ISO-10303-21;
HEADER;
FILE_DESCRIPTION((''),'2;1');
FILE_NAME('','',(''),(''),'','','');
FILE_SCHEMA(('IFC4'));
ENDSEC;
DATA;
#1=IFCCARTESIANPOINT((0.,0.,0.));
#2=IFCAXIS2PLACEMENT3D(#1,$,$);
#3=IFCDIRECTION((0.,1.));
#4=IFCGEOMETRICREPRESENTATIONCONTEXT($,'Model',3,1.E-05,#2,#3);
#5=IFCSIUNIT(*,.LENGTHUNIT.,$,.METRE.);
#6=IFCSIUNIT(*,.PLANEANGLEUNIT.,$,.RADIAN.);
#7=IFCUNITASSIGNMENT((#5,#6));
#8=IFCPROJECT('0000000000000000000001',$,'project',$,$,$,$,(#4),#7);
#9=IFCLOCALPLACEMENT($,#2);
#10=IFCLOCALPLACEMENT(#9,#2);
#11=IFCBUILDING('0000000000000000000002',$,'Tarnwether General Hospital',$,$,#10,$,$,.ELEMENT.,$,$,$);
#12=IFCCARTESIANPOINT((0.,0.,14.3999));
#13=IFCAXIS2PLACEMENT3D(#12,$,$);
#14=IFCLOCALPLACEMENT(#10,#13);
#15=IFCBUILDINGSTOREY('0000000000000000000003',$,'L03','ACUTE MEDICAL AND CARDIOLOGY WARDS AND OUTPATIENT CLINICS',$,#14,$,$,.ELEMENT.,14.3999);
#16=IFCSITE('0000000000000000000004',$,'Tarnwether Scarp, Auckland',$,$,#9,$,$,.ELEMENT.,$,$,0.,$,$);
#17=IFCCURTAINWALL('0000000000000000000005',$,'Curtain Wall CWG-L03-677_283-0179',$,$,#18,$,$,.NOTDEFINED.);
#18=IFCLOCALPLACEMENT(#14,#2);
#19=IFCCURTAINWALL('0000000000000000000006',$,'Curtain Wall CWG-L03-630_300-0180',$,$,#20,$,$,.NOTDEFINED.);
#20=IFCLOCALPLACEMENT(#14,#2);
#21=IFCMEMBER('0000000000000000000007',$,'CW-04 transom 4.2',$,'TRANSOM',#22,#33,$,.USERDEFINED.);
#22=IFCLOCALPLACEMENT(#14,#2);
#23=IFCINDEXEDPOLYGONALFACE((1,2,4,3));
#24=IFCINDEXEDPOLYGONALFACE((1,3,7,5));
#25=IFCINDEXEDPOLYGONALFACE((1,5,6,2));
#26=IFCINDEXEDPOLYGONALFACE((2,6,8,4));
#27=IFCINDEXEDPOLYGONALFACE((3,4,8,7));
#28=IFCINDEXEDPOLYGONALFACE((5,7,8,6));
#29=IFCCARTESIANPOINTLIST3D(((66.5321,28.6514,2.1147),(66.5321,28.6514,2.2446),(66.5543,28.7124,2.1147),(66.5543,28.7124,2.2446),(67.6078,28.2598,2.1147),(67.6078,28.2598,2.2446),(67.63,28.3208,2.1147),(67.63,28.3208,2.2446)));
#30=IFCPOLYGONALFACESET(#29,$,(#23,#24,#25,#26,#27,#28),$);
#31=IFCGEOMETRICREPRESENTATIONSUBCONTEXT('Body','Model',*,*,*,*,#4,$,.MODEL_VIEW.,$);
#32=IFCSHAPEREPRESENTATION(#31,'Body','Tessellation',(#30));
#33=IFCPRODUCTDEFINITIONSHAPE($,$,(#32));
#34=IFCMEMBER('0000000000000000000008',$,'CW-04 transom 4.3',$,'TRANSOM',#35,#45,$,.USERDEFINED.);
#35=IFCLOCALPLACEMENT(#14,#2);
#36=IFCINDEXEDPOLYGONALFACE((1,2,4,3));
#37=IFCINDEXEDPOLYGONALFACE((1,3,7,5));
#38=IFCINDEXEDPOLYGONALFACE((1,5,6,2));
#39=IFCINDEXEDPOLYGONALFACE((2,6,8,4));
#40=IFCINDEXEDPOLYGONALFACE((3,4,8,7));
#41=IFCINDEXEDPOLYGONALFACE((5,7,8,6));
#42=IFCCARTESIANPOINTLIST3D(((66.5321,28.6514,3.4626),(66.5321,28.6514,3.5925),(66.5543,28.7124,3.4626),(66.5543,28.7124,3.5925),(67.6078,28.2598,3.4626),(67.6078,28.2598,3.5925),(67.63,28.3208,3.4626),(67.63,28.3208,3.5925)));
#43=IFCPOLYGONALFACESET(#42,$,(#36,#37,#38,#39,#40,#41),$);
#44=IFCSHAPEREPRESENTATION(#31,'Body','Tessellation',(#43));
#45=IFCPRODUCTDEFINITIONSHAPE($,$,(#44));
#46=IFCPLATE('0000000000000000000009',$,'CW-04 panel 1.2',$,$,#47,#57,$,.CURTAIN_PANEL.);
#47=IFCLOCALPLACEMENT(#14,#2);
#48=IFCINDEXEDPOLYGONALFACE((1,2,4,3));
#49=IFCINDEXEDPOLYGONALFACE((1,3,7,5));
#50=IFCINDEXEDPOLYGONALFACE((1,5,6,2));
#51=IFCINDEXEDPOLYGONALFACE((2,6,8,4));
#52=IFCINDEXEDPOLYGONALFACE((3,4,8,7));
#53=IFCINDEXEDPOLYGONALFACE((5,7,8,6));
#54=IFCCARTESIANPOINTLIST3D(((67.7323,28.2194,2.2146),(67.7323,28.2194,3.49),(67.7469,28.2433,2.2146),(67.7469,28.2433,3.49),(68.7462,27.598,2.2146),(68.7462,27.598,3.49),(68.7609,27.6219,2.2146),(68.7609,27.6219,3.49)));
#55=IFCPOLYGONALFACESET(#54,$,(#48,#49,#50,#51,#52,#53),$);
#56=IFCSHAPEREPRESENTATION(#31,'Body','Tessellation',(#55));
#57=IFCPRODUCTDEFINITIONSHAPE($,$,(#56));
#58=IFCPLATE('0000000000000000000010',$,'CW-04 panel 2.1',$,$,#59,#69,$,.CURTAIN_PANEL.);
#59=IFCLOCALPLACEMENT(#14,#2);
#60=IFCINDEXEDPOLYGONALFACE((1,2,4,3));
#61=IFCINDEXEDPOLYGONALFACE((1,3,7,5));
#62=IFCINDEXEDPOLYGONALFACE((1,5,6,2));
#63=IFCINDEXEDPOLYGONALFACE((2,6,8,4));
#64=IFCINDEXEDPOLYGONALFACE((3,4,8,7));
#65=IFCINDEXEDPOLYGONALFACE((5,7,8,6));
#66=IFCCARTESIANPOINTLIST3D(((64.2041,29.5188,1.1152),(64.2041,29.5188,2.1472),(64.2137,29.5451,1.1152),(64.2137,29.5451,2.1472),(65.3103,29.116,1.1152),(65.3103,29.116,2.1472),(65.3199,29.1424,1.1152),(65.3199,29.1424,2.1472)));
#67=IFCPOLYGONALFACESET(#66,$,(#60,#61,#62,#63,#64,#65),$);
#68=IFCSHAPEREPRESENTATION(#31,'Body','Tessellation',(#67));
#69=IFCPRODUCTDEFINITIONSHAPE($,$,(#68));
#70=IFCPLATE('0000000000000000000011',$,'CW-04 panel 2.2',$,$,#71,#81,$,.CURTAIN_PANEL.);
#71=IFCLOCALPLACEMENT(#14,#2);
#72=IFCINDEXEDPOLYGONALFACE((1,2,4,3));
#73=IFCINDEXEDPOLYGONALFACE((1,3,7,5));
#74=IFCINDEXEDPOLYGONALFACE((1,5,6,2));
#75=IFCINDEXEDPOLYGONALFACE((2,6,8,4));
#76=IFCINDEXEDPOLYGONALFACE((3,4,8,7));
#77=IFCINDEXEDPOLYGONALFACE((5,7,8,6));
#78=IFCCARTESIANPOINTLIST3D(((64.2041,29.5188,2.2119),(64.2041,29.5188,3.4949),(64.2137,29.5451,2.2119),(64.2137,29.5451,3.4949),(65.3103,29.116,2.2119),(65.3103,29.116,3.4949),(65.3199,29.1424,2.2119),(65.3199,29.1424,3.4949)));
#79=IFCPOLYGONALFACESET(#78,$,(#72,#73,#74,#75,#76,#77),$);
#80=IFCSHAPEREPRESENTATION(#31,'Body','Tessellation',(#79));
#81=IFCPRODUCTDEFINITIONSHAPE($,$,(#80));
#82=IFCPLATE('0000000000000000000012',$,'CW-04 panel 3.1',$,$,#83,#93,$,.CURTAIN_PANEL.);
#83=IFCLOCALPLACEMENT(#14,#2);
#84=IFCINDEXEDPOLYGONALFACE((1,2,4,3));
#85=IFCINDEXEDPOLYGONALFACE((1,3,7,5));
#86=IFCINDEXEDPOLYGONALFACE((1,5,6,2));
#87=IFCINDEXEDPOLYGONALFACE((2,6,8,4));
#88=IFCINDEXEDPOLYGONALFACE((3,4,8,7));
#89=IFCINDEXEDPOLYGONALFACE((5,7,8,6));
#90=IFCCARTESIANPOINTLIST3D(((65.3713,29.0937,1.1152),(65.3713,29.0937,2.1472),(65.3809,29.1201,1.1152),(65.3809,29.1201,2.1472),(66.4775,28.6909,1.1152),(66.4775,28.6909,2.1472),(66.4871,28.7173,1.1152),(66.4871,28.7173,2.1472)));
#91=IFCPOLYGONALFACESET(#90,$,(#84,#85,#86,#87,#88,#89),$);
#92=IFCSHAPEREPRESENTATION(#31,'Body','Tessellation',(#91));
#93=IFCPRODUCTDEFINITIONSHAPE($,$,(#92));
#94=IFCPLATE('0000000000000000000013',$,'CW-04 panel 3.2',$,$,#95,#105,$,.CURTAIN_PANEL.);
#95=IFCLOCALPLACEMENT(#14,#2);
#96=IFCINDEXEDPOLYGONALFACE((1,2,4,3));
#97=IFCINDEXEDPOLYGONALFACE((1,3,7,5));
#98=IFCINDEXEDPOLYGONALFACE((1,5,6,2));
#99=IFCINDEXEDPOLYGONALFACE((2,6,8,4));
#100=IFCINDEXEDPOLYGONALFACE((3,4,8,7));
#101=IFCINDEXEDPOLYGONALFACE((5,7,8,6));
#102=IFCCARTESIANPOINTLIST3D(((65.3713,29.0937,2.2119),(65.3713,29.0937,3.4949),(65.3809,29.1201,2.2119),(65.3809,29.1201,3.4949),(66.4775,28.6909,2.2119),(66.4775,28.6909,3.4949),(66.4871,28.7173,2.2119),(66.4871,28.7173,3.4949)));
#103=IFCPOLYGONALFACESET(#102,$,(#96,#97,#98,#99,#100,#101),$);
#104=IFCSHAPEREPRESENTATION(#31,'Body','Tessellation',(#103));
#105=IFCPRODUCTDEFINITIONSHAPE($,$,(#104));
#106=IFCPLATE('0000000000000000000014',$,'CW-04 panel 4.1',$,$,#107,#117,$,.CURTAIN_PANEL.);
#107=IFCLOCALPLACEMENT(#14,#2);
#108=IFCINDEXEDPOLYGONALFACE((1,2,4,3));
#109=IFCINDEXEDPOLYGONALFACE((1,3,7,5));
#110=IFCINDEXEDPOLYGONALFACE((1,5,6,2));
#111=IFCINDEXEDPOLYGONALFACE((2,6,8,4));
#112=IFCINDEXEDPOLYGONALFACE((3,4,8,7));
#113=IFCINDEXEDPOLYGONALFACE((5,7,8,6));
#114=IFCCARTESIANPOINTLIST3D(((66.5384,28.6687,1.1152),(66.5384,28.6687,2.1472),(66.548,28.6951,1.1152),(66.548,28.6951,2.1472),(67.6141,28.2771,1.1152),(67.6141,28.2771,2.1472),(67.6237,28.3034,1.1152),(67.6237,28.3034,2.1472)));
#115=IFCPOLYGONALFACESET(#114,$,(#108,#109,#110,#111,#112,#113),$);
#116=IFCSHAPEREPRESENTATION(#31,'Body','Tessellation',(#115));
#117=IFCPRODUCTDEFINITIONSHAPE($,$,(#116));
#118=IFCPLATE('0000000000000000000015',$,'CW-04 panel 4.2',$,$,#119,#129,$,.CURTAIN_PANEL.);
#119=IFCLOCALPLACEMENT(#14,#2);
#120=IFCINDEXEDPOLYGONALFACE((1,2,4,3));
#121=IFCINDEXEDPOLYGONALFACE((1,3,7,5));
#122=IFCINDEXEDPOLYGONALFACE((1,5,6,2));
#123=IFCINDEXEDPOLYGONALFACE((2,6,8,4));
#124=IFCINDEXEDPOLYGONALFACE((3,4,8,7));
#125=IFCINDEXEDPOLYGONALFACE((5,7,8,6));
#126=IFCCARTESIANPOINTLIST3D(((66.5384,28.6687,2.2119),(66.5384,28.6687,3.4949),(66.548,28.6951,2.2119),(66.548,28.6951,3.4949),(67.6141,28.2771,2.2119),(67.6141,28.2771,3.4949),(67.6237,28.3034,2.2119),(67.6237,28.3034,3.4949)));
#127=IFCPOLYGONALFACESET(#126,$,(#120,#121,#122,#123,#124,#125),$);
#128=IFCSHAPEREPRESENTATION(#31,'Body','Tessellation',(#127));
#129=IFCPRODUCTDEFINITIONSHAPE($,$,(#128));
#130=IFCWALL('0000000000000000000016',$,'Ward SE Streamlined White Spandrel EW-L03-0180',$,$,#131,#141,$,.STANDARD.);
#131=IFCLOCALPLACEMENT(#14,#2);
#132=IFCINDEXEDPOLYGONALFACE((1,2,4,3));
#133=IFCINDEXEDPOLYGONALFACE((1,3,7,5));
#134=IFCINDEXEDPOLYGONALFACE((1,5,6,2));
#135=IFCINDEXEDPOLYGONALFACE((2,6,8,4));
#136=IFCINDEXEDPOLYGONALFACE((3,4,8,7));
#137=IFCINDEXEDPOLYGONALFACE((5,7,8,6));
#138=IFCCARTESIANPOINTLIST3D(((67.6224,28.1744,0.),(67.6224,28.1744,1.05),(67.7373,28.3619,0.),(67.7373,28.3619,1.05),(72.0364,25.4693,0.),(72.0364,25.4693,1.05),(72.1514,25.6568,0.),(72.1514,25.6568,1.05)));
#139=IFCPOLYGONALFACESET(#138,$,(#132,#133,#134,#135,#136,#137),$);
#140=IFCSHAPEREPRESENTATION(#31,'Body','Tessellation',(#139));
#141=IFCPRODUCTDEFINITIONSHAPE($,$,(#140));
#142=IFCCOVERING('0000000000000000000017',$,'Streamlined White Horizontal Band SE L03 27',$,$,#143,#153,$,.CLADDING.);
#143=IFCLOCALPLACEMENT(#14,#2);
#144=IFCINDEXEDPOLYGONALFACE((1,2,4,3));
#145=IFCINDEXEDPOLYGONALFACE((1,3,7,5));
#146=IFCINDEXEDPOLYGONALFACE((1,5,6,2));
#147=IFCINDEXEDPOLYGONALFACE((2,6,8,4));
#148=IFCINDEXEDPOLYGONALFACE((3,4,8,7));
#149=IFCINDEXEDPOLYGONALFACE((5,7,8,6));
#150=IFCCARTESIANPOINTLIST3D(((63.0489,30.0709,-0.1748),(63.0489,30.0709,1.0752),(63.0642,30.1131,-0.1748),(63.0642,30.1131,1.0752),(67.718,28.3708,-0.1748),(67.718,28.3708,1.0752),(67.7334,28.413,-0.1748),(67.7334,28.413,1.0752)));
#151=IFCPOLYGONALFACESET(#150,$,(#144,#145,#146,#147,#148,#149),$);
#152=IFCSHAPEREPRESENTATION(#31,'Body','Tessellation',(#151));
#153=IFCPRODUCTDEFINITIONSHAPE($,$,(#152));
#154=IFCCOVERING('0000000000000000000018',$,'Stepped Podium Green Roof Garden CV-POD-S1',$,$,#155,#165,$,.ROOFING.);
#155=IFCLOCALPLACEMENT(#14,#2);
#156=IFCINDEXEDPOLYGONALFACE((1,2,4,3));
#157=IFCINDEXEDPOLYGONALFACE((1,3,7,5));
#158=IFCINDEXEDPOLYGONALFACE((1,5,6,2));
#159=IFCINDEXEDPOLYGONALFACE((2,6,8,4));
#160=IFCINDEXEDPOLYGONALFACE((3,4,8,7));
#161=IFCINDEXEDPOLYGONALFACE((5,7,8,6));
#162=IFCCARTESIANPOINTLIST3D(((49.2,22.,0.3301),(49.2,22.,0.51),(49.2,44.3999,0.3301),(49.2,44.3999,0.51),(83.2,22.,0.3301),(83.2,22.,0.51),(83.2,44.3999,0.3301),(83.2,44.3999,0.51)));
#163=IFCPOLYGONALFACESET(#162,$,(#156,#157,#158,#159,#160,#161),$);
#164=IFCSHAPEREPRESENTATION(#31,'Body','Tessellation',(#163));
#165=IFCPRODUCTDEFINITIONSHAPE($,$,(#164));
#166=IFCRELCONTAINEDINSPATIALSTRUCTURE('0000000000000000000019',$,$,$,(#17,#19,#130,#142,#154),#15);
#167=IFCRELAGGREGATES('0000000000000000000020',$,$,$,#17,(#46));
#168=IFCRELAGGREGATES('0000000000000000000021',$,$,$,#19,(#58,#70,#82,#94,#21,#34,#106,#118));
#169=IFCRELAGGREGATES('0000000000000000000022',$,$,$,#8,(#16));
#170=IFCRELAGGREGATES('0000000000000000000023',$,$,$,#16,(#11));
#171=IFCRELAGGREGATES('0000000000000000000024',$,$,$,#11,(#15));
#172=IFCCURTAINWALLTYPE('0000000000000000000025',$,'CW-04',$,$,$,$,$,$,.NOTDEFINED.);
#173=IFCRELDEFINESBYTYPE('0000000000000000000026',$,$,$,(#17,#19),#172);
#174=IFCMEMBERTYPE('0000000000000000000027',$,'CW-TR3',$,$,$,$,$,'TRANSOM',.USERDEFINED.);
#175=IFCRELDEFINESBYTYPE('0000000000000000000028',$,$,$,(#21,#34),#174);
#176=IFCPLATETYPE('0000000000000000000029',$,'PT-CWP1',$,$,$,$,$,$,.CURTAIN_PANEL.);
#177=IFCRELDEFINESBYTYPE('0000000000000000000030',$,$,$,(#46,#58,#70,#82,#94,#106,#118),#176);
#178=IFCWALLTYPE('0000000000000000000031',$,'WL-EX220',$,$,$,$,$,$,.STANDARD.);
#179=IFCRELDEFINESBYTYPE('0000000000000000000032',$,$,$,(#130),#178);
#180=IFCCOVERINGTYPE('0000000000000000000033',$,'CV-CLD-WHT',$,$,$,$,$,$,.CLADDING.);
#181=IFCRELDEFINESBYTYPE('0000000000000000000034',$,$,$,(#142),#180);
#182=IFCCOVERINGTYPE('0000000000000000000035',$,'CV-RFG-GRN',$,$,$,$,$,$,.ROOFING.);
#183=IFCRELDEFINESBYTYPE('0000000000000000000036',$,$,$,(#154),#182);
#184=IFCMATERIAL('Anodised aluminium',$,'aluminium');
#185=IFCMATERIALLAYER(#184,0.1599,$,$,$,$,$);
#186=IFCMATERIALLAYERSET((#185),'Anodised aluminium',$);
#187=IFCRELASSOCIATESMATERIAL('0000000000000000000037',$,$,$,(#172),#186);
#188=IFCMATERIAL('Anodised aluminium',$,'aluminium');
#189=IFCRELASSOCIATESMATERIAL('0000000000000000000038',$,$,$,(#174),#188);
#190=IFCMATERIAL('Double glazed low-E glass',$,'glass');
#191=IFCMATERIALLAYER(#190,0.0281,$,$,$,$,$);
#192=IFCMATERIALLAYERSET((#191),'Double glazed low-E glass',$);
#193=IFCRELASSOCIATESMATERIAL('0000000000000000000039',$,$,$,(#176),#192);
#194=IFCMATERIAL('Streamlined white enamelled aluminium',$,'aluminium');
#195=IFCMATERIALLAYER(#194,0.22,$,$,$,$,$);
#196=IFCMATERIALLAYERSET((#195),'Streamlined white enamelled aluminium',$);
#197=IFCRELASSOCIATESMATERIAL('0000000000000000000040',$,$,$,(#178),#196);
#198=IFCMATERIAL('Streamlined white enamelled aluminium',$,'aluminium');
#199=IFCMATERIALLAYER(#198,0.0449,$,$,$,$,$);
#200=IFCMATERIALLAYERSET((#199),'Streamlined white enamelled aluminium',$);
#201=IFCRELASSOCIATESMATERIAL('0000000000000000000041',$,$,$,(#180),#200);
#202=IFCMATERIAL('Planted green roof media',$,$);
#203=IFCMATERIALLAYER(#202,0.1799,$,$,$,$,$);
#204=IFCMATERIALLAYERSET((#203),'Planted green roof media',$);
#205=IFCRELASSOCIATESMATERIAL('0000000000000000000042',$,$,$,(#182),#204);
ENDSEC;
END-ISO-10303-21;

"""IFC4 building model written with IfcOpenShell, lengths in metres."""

from ifc_helpers import new_model, si_unit, direction, frame, frame_2d, origin, origin_2d, place, context, subcontext, project, spatial, rectangle, extrude, material, layer, layer_set, material_profile, profile_set, type_object, element, aggregate, save


model = new_model("IFC4")

# Units and contexts
model_context = context("Model", 3, precision=1e-05, world=origin(), true_north=direction((0.0, 1.0)))
body_context = subcontext(model_context, "Body", "Model", "MODEL_VIEW")
ifc_project = project(units=[si_unit("LENGTHUNIT", "METRE"), si_unit("PLANEANGLEUNIT", "RADIAN")], contexts=[model_context])

# Site, building, storey
site_placement = place(None, origin())
site = spatial("IfcSite", under=ifc_project, at=site_placement, Name="Tarnwether Scarp, Auckland", CompositionType="ELEMENT", RefElevation=0.0)
building_placement = place(site_placement, origin())
building = spatial("IfcBuilding", under=site, at=building_placement, Name="Tarnwether General Hospital", CompositionType="ELEMENT")
storey_placement = place(building_placement, frame((0.0, 0.0, 14.3999)))
storey = spatial("IfcBuildingStorey", under=building, at=storey_placement, Name="L03", Description="ACUTE MEDICAL AND CARDIOLOGY WARDS AND OUTPATIENT CLINICS", CompositionType="ELEMENT", Elevation=14.3999)

# Curtain wall
ifc_material_1 = material(Name="Anodised aluminium", Category="aluminium")
ifc_layer_1 = layer(ifc_material_1, 0.1599)
ifc_layer_set_1 = layer_set([ifc_layer_1], Name="Anodised aluminium")
curtain_wall_type = type_object("IfcCurtainWallType", Name="CW-04", PredefinedType="NOTDEFINED", material=ifc_layer_set_1)
curtain_wall_1_placement = place(storey_placement, origin())
curtain_wall_1 = element("IfcCurtainWall", 1, at=curtain_wall_1_placement, inside=storey, type_object=curtain_wall_type, Name="Curtain Wall CWG-L03-677_283-0179", PredefinedType="NOTDEFINED")

# Curtain wall
curtain_wall_2_placement = place(storey_placement, origin())
curtain_wall_2 = element("IfcCurtainWall", 2, at=curtain_wall_2_placement, inside=storey, type_object=curtain_wall_type, Name="Curtain Wall CWG-L03-630_300-0180", PredefinedType="NOTDEFINED")

# Members
ifc_material_2 = material(Name="Anodised aluminium", Category="aluminium")
ifc_material_profile_1 = material_profile(ifc_material_2, rectangle(XDim=0.0649, YDim=0.1299, at=origin_2d()), Name="ALU-TRN-65x130")
ifc_profile_set_1 = profile_set([ifc_material_profile_1], Name="Anodised aluminium")
member_type_1 = type_object("IfcMemberType", Name="CW-TR3", ElementType="TRANSOM", PredefinedType="USERDEFINED", material=ifc_profile_set_1)
member_1_placement = place(storey_placement, frame((66.5432, 28.6819, 2.1797), z_axis=(0.939669, -0.342086, 0.0), x_axis=(0.342086, 0.939669, 0.0)))
member_1 = element("IfcMember", 3, at=member_1_placement, type_object=member_type_1, Name="CW-04 transom 4.2", ObjectType="TRANSOM", PredefinedType="USERDEFINED", context=body_context, shape_type="SweptSolid", body=[
    extrude(rectangle(XDim=0.0649, YDim=0.1299, at=origin_2d()), origin(), (0.0, 0.0, 1.0), 1.1448),
])
member_2_placement = place(storey_placement, frame((66.5432, 28.6819, 3.5276), z_axis=(0.939669, -0.342086, 0.0), x_axis=(0.342086, 0.939669, 0.0)))
member_2 = element("IfcMember", 4, at=member_2_placement, type_object=member_type_1, Name="CW-04 transom 4.3", ObjectType="TRANSOM", PredefinedType="USERDEFINED", context=body_context, shape_type="SweptSolid", body=[
    extrude(rectangle(XDim=0.0649, YDim=0.1299, at=origin_2d()), origin(), (0.0, 0.0, 1.0), 1.1448),
])

# Plates
ifc_material_3 = material(Name="Double glazed low-E glass", Category="glass")
ifc_layer_2 = layer(ifc_material_3, 0.0281)
ifc_layer_set_2 = layer_set([ifc_layer_2], Name="Double glazed low-E glass")
plate_type = type_object("IfcPlateType", Name="PT-CWP1", PredefinedType="CURTAIN_PANEL", material=ifc_layer_set_2)
plate_1_placement = place(storey_placement, frame((68.2466, 27.9207, 2.2146), z_axis=(0.0, 0.0, 1.0), x_axis=(0.852632, -0.522512, 0.0)))
plate_1 = element("IfcPlate", 5, at=plate_1_placement, type_object=plate_type, Name="CW-04 panel 1.2", PredefinedType="CURTAIN_PANEL", context=body_context, shape_type="SweptSolid", body=[
    extrude(rectangle(XDim=1.1892, YDim=0.0281, at=origin_2d()), origin(), (0.0, 0.0, 1.0), 1.2754),
])
aggregate(curtain_wall_1, [plate_1])
plate_2_placement = place(storey_placement, frame((64.762, 29.3306, 1.1152), z_axis=(0.0, 0.0, 1.0), x_axis=(0.939652, -0.342131, 0.0)))
plate_2 = element("IfcPlate", 6, at=plate_2_placement, type_object=plate_type, Name="CW-04 panel 2.1", PredefinedType="CURTAIN_PANEL", context=body_context, shape_type="SweptSolid", body=[
    extrude(rectangle(XDim=1.1772, YDim=0.0281, at=origin_2d()), origin(), (0.0, 0.0, 1.0), 1.032),
])
plate_3_placement = place(storey_placement, frame((64.762, 29.3306, 2.2119), z_axis=(0.0, 0.0, 1.0), x_axis=(0.939652, -0.342131, 0.0)))
plate_3 = element("IfcPlate", 7, at=plate_3_placement, type_object=plate_type, Name="CW-04 panel 2.2", PredefinedType="CURTAIN_PANEL", context=body_context, shape_type="SweptSolid", body=[
    extrude(rectangle(XDim=1.1772, YDim=0.0281, at=origin_2d()), origin(), (0.0, 0.0, 1.0), 1.283),
])
plate_4_placement = place(storey_placement, frame((65.9292, 28.9055, 1.1152), z_axis=(0.0, 0.0, 1.0), x_axis=(0.939652, -0.342131, 0.0)))
plate_4 = element("IfcPlate", 8, at=plate_4_placement, type_object=plate_type, Name="CW-04 panel 3.1", PredefinedType="CURTAIN_PANEL", context=body_context, shape_type="SweptSolid", body=[
    extrude(rectangle(XDim=1.1772, YDim=0.0281, at=origin_2d()), origin(), (0.0, 0.0, 1.0), 1.032),
])
plate_5_placement = place(storey_placement, frame((65.9292, 28.9055, 2.2119), z_axis=(0.0, 0.0, 1.0), x_axis=(0.939652, -0.342131, 0.0)))
plate_5 = element("IfcPlate", 9, at=plate_5_placement, type_object=plate_type, Name="CW-04 panel 3.2", PredefinedType="CURTAIN_PANEL", context=body_context, shape_type="SweptSolid", body=[
    extrude(rectangle(XDim=1.1772, YDim=0.0281, at=origin_2d()), origin(), (0.0, 0.0, 1.0), 1.283),
])
plate_6_placement = place(storey_placement, frame((67.0811, 28.4861, 1.1152), z_axis=(0.0, 0.0, 1.0), x_axis=(0.939652, -0.342131, 0.0)))
plate_6 = element("IfcPlate", 10, at=plate_6_placement, type_object=plate_type, Name="CW-04 panel 4.1", PredefinedType="CURTAIN_PANEL", context=body_context, shape_type="SweptSolid", body=[
    extrude(rectangle(XDim=1.1448, YDim=0.0281, at=origin_2d()), origin(), (0.0, 0.0, 1.0), 1.032),
])
plate_7_placement = place(storey_placement, frame((67.0811, 28.4861, 2.2119), z_axis=(0.0, 0.0, 1.0), x_axis=(0.939652, -0.342131, 0.0)))
plate_7 = element("IfcPlate", 11, at=plate_7_placement, type_object=plate_type, Name="CW-04 panel 4.2", PredefinedType="CURTAIN_PANEL", context=body_context, shape_type="SweptSolid", body=[
    extrude(rectangle(XDim=1.1448, YDim=0.0281, at=origin_2d()), origin(), (0.0, 0.0, 1.0), 1.283),
])
aggregate(curtain_wall_2, [plate_2, plate_3, plate_4, plate_5, member_1, member_2, plate_6, plate_7])

# Wall
ifc_material_4 = material(Name="Streamlined white enamelled aluminium", Category="aluminium")
ifc_layer_3 = layer(ifc_material_4, 0.22)
ifc_layer_set_3 = layer_set([ifc_layer_3], Name="Streamlined white enamelled aluminium")
wall_type = type_object("IfcWallType", Name="WL-EX220", PredefinedType="STANDARD", material=ifc_layer_set_3)
wall_placement = place(storey_placement, frame((67.6799, 28.2681, 0.0), z_axis=(0.0, 0.0, 1.0), x_axis=(0.852628, -0.522518, 0.0)))
element("IfcWall", 12, at=wall_placement, inside=storey, type_object=wall_type, Name="Ward SE Streamlined White Spandrel EW-L03-0180", PredefinedType="STANDARD", context=body_context, shape_type="SweptSolid", body=[
    extrude(rectangle(XDim=5.177, YDim=0.22, at=frame_2d((2.5884, 0.0))), origin(), (0.0, 0.0, 1.0), 1.05),
])

# Coverings
ifc_material_5 = material(Name="Streamlined white enamelled aluminium", Category="aluminium")
ifc_layer_4 = layer(ifc_material_5, 0.0449)
ifc_layer_set_4 = layer_set([ifc_layer_4], Name="Streamlined white enamelled aluminium")
covering_type_1 = type_object("IfcCoveringType", Name="CV-CLD-WHT", PredefinedType="CLADDING", material=ifc_layer_set_4)
covering_1_placement = place(storey_placement, frame((65.3911, 29.2419, -0.1748), z_axis=(0.0, 0.0, 1.0), x_axis=(0.939651, -0.342135, 0.0)))
element("IfcCovering", 13, at=covering_1_placement, inside=storey, type_object=covering_type_1, Name="Streamlined White Horizontal Band SE L03 27", PredefinedType="CLADDING", context=body_context, shape_type="SweptSolid", body=[
    extrude(rectangle(XDim=4.969, YDim=0.0449, at=origin_2d()), origin(), (0.0, 0.0, 1.0), 1.25),
])
ifc_material_6 = material(Name="Planted green roof media")
ifc_layer_5 = layer(ifc_material_6, 0.1799)
ifc_layer_set_5 = layer_set([ifc_layer_5], Name="Planted green roof media")
covering_type_2 = type_object("IfcCoveringType", Name="CV-RFG-GRN", PredefinedType="ROOFING", material=ifc_layer_set_5)
covering_2_placement = place(storey_placement, frame((66.2, 33.2, 0.3301), z_axis=(0.0, 0.0, 1.0), x_axis=(1.0, 0.0, 0.0)))
element("IfcCovering", 14, at=covering_2_placement, inside=storey, type_object=covering_type_2, Name="Stepped Podium Green Roof Garden CV-POD-S1", PredefinedType="ROOFING", context=body_context, shape_type="SweptSolid", body=[
    extrude(rectangle(XDim=34.0, YDim=22.3999, at=origin_2d()), origin(), (0.0, 0.0, 1.0), 0.1799),
])

save(model, "model.ifc")
